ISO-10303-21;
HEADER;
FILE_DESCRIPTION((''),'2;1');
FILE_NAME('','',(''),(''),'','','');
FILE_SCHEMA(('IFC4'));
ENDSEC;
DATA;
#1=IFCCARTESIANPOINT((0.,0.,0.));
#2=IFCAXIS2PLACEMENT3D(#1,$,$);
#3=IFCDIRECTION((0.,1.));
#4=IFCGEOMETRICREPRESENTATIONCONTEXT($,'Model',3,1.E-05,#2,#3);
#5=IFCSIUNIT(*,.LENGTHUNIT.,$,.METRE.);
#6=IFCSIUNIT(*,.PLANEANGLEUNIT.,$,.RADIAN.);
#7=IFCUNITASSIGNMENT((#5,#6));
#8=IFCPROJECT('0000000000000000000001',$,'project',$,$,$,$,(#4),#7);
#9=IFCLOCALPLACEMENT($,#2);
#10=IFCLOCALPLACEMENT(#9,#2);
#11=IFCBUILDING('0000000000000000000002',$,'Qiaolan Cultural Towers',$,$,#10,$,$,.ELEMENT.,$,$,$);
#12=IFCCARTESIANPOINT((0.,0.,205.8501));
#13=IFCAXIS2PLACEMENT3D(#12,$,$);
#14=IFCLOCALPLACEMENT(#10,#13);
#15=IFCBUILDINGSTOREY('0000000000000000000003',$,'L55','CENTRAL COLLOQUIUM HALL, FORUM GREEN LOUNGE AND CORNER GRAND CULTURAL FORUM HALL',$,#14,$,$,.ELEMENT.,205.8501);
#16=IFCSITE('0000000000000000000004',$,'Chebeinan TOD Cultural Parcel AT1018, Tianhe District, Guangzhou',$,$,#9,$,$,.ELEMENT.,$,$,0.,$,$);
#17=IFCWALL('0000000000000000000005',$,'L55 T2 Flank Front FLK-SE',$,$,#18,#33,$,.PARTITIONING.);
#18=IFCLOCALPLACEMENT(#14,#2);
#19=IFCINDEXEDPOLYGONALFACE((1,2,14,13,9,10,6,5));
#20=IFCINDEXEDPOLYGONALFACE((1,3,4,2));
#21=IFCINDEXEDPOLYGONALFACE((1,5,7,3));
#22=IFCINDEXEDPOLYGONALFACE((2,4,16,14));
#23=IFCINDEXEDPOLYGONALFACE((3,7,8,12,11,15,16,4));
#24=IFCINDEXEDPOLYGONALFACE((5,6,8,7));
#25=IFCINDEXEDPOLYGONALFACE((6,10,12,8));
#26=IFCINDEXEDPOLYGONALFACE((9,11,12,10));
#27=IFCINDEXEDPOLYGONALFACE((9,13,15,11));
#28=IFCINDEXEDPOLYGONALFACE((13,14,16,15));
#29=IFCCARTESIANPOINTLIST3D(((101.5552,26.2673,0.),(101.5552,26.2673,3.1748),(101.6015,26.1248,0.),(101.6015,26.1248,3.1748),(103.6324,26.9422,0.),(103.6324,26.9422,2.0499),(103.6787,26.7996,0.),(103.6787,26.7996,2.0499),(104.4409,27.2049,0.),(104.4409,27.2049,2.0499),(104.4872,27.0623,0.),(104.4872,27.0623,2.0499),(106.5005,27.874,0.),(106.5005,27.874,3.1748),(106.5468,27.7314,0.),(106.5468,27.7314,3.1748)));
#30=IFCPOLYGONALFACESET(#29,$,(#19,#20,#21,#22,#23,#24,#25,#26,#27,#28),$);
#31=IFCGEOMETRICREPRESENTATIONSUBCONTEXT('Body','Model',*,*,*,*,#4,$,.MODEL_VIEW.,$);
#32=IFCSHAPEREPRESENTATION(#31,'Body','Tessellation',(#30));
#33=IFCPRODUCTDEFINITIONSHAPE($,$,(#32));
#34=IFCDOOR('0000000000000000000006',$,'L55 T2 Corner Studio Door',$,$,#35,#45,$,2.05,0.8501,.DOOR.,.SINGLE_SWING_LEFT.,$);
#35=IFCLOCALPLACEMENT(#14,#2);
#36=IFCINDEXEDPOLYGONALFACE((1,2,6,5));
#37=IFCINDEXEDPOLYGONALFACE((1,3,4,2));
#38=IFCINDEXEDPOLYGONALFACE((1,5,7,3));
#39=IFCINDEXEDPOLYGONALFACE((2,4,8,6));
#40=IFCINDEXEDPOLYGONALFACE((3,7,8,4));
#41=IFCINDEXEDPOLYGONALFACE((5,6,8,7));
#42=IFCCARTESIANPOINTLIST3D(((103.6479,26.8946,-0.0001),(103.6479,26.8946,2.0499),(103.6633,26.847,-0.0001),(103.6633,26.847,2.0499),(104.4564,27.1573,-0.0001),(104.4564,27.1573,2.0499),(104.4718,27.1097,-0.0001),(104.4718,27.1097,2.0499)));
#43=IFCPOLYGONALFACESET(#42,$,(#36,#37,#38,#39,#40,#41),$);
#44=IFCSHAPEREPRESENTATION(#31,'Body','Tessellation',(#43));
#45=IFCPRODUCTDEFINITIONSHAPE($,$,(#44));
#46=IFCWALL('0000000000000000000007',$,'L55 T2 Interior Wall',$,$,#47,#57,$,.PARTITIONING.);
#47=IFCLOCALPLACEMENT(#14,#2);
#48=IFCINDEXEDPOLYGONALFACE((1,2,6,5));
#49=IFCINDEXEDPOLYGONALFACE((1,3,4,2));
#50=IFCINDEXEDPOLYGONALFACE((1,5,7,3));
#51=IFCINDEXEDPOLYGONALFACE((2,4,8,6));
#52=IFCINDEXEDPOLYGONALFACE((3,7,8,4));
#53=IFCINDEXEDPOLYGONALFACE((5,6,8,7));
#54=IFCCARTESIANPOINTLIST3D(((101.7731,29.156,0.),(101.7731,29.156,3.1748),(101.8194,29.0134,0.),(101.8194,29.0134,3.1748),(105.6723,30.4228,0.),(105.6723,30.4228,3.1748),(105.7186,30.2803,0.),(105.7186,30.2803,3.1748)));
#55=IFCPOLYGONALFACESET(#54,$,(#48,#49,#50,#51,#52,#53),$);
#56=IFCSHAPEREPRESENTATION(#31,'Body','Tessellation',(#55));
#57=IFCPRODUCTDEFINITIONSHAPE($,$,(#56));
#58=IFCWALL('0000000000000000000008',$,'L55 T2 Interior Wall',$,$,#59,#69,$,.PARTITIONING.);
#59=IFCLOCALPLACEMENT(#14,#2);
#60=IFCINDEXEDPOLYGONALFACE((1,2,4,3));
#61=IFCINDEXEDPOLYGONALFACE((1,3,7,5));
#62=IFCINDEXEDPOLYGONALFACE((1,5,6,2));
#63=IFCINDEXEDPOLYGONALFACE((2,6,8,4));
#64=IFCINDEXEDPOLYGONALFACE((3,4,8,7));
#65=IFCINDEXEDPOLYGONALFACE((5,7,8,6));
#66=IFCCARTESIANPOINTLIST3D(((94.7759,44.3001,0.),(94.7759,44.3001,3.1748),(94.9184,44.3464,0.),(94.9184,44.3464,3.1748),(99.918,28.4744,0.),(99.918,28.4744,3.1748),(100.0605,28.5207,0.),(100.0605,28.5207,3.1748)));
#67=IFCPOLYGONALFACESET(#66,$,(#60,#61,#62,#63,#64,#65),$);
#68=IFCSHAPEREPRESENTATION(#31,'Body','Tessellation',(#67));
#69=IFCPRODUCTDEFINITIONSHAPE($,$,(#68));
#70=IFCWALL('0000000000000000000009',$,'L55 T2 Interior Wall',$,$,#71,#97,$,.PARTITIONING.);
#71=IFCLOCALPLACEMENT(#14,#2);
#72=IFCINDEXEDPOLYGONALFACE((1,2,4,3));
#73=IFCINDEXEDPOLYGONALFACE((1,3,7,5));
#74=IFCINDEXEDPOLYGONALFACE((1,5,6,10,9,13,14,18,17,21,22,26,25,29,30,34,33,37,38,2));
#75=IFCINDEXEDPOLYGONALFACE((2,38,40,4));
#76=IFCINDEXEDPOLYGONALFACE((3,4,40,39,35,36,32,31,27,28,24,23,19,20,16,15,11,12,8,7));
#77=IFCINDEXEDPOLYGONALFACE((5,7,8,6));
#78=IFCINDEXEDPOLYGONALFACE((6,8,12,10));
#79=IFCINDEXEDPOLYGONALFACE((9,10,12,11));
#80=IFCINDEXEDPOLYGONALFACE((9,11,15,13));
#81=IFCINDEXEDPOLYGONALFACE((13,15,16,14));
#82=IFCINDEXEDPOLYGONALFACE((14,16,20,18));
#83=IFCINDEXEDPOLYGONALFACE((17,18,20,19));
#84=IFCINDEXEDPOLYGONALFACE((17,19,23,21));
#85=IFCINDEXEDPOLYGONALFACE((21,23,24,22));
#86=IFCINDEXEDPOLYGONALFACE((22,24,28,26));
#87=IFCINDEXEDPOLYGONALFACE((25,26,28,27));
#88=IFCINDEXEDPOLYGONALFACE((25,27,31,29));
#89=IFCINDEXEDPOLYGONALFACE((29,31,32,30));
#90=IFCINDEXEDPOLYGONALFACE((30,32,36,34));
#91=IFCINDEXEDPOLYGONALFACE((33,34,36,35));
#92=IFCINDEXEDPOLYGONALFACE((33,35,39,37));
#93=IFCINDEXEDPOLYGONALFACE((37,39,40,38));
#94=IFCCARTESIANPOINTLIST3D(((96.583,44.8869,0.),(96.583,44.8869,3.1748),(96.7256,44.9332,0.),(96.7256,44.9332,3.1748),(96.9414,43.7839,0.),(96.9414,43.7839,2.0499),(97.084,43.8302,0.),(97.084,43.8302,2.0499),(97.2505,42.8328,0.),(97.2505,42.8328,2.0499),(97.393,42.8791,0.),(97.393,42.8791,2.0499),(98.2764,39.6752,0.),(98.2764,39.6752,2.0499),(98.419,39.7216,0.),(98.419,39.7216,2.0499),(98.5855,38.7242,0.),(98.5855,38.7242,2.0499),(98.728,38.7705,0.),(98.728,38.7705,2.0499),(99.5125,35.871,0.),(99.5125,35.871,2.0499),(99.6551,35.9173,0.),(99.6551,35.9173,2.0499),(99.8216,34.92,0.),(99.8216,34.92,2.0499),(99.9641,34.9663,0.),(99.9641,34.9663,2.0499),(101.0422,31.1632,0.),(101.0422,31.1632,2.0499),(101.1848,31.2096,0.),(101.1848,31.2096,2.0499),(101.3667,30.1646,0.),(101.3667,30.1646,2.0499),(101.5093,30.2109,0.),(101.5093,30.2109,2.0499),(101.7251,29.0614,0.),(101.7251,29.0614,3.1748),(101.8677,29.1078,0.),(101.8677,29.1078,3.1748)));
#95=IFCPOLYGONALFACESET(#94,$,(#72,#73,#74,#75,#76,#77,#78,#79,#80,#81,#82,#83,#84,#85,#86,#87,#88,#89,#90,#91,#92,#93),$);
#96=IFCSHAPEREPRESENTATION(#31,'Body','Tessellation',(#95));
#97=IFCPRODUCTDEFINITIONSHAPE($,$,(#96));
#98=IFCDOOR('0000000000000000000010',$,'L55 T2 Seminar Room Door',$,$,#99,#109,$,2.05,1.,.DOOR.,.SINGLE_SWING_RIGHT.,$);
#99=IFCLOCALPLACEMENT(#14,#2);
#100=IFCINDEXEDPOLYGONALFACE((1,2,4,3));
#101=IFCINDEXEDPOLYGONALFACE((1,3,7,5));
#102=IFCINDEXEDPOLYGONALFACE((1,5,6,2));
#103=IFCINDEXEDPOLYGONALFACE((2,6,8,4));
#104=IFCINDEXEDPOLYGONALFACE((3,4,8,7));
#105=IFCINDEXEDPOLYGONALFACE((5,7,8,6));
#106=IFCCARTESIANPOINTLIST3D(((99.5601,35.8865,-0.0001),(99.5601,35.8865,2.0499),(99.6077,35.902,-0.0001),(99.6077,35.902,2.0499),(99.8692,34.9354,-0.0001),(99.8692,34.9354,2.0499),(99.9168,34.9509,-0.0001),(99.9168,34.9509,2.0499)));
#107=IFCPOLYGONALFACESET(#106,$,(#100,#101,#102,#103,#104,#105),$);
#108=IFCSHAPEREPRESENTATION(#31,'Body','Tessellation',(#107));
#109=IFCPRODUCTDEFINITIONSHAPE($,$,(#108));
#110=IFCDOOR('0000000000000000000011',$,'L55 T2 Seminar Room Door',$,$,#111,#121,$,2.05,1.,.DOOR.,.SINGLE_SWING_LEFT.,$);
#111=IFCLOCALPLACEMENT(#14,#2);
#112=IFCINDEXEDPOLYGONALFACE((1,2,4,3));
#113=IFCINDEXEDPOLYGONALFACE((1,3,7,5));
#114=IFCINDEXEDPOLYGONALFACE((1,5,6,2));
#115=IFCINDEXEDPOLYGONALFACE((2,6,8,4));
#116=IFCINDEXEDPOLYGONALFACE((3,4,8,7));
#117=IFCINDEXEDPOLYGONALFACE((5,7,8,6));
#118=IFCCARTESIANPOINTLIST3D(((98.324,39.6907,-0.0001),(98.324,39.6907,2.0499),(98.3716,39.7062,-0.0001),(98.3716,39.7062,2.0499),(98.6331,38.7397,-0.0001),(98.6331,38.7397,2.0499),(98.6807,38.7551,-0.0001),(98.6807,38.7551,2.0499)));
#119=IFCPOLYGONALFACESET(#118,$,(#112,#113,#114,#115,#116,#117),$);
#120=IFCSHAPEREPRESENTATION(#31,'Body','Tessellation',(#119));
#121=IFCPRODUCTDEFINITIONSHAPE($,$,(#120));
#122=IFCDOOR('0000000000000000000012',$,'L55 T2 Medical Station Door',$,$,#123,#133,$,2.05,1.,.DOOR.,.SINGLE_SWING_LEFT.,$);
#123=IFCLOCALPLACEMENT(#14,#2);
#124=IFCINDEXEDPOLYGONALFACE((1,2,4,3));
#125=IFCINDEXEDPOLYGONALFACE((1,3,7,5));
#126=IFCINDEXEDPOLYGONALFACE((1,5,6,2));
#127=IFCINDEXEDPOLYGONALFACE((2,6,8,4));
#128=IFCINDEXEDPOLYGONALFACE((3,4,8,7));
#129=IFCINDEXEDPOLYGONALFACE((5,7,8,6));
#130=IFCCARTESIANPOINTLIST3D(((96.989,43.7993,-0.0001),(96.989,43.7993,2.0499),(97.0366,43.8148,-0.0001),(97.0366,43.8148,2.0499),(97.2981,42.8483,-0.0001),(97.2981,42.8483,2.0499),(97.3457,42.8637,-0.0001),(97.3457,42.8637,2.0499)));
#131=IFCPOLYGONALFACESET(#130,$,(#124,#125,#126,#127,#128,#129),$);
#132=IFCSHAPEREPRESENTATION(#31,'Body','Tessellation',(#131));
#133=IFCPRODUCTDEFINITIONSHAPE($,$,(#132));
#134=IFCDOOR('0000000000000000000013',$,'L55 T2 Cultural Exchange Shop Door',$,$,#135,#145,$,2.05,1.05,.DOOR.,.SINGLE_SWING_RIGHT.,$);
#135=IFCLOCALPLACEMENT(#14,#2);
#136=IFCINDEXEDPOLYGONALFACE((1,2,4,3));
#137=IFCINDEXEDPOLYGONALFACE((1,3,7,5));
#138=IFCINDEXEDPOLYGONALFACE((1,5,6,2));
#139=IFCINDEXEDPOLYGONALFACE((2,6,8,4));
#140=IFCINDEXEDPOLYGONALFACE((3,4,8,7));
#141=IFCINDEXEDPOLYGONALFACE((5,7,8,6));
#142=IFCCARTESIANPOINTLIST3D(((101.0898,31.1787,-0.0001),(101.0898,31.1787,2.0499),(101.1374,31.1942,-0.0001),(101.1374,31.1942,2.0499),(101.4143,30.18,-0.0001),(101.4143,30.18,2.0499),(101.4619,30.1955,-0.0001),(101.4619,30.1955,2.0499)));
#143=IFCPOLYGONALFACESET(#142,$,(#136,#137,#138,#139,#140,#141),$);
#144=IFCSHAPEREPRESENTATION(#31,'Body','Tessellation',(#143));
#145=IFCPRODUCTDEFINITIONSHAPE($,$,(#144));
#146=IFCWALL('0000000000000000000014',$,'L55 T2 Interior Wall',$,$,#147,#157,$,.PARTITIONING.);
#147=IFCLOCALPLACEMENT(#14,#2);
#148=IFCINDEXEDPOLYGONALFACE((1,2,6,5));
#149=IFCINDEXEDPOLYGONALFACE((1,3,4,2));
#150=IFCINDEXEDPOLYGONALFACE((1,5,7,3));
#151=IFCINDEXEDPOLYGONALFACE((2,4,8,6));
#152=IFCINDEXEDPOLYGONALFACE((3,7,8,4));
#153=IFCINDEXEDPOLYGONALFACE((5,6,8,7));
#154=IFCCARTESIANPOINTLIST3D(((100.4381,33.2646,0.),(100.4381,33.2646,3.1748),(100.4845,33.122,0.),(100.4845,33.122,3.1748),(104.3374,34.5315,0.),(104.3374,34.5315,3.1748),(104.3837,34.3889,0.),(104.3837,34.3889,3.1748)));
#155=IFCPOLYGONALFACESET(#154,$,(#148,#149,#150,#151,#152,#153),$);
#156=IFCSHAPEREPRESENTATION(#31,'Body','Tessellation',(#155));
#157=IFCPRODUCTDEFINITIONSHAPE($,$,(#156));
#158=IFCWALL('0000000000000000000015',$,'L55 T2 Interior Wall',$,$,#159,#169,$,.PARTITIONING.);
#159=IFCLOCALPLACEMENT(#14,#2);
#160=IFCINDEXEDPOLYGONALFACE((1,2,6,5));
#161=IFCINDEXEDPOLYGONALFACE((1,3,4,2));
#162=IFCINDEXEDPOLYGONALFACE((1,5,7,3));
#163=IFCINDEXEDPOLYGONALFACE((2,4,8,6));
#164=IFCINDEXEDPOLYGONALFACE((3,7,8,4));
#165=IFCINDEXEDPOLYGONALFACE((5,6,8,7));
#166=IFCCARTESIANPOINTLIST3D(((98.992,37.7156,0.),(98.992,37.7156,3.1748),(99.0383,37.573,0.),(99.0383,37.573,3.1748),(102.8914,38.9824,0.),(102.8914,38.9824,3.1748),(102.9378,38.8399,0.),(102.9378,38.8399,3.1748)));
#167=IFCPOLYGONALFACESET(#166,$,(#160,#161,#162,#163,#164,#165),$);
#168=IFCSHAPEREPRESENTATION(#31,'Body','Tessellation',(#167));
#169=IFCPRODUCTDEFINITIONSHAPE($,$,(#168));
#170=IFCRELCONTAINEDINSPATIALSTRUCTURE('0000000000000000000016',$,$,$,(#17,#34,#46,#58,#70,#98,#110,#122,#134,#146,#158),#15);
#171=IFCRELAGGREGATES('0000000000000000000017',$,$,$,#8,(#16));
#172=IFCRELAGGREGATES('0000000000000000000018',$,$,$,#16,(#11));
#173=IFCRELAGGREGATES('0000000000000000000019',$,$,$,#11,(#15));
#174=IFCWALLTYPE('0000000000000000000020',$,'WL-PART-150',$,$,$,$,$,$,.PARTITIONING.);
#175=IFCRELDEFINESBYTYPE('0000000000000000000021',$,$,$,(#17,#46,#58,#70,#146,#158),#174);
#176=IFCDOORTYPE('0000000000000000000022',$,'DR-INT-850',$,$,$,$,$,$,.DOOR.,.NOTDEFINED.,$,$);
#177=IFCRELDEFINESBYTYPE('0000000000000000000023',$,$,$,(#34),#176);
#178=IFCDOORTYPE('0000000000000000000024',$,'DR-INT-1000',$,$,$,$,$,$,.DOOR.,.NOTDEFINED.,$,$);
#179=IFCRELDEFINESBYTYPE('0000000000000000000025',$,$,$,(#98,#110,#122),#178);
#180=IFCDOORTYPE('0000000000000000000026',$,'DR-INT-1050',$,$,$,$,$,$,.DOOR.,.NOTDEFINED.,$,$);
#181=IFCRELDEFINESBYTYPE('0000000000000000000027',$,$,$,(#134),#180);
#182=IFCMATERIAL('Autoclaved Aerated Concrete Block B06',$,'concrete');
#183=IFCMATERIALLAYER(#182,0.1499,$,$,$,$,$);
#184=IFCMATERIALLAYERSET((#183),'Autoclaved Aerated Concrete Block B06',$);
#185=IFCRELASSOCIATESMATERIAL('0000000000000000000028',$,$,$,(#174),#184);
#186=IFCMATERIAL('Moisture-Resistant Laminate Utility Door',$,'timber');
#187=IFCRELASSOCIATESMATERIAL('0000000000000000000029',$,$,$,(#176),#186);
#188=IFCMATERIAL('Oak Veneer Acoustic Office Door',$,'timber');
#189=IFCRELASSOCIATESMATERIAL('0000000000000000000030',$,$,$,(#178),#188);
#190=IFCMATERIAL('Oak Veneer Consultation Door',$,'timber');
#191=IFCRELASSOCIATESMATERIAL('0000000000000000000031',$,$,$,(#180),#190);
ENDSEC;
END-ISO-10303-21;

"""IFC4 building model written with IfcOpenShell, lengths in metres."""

from ifc_helpers import new_model, si_unit, direction, frame, frame_2d, origin, place, context, subcontext, project, spatial, rectangle, extrude, material, layer, layer_set, type_object, element, fill, save


model = new_model("IFC4")

# Units and contexts
model_context = context("Model", 3, precision=1e-05, world=origin(), true_north=direction((0.0, 1.0)))
body_context = subcontext(model_context, "Body", "Model", "MODEL_VIEW")
ifc_project = project(units=[si_unit("LENGTHUNIT", "METRE"), si_unit("PLANEANGLEUNIT", "RADIAN")], contexts=[model_context])

# Site, building, storey
site_placement = place(None, origin())
site = spatial("IfcSite", under=ifc_project, at=site_placement, Name="Chebeinan TOD Cultural Parcel AT1018, Tianhe District, Guangzhou", CompositionType="ELEMENT", RefElevation=0.0)
building_placement = place(site_placement, origin())
building = spatial("IfcBuilding", under=site, at=building_placement, Name="Qiaolan Cultural Towers", CompositionType="ELEMENT")
storey_placement = place(building_placement, frame((0.0, 0.0, 205.8501)))
storey = spatial("IfcBuildingStorey", under=building, at=storey_placement, Name="L55", Description="CENTRAL COLLOQUIUM HALL, FORUM GREEN LOUNGE AND CORNER GRAND CULTURAL FORUM HALL", CompositionType="ELEMENT", Elevation=205.8501)

# Wall, opening, door
ifc_material_1 = material(Name="Autoclaved Aerated Concrete Block B06", Category="concrete")
ifc_layer_1 = layer(ifc_material_1, 0.1499)
ifc_layer_set_1 = layer_set([ifc_layer_1], Name="Autoclaved Aerated Concrete Block B06")
wall_type_1 = type_object("IfcWallType", Name="WL-PART-150", PredefinedType="PARTITIONING", material=ifc_layer_set_1)
wall_1_placement = place(storey_placement, frame((101.5784, 26.196, 0.0), z_axis=(0.0, 0.0, 1.0), x_axis=(0.951064, 0.308993, 0.0)))
wall_1 = element("IfcWall", 1, at=wall_1_placement, inside=storey, type_object=wall_type_1, Name="L55 T2 Flank Front FLK-SE", PredefinedType="PARTITIONING", context=body_context, shape_type="SweptSolid", body=[
    extrude(rectangle(XDim=5.1997, YDim=0.1499, at=frame_2d((2.5999, 0.0))), origin(), (0.0, 0.0, 1.0), 3.1748),
])
opening_1_placement = place(wall_1_placement, frame((2.1841, 0.0, 0.0)))
opening_1 = element("IfcOpeningElement", 2, at=opening_1_placement, cuts=wall_1, PredefinedType="OPENING", context=body_context, shape_type="SweptSolid", body=[
    extrude(rectangle(XDim=0.8501, YDim=2.05, at=frame_2d((0.425, 1.0249))), frame((0.0, 0.085, 0.0), z_axis=(0.0, -1.0, 0.0), x_axis=(1.0, 0.0, 0.0)), (0.0, 0.0, 1.0), 0.1699),
])
ifc_material_2 = material(Name="Moisture-Resistant Laminate Utility Door", Category="timber")
door_type_1 = type_object("IfcDoorType", Name="DR-INT-850", OperationType="NOTDEFINED", PredefinedType="DOOR", material=ifc_material_2)
door_1_placement = place(opening_1_placement, origin())
door_1 = element("IfcDoor", 3, at=door_1_placement, inside=storey, type_object=door_type_1, Name="L55 T2 Corner Studio Door", OperationType="SINGLE_SWING_LEFT", OverallHeight=2.05, OverallWidth=0.8501, PredefinedType="DOOR", context=body_context, shape_type="SweptSolid", body=[
    extrude(rectangle(XDim=0.8501, YDim=2.05, at=frame_2d((0.425, 1.0249))), frame((0.0, 0.0249, 0.0), z_axis=(0.0, -1.0, 0.0), x_axis=(1.0, 0.0, 0.0)), (0.0, 0.0, 1.0), 0.05),
])
fill(opening_1, door_1)

# Walls
wall_2_placement = place(storey_placement, frame((101.7964, 29.0847, 0.0), z_axis=(0.0, 0.0, 1.0), x_axis=(0.951062, 0.309001, 0.0)))
element("IfcWall", 4, at=wall_2_placement, inside=storey, type_object=wall_type_1, Name="L55 T2 Interior Wall", PredefinedType="PARTITIONING", context=body_context, shape_type="SweptSolid", body=[
    extrude(rectangle(XDim=4.0999, YDim=0.1499, at=frame_2d((2.0498, 0.0))), origin(), (0.0, 0.0, 1.0), 3.1748),
])
wall_3_placement = place(storey_placement, frame((99.9893, 28.4976, 0.0), z_axis=(0.0, 0.0, 1.0), x_axis=(-0.309018, 0.951056, 0.0)))
element("IfcWall", 5, at=wall_3_placement, inside=storey, type_object=wall_type_1, Name="L55 T2 Interior Wall", PredefinedType="PARTITIONING", context=body_context, shape_type="SweptSolid", body=[
    extrude(rectangle(XDim=16.6401, YDim=0.1499, at=frame_2d((8.3201, 0.0))), origin(), (0.0, 0.0, 1.0), 3.1748),
])

# Wall, openings, doors
wall_4_placement = place(storey_placement, frame((101.7964, 29.0847, 0.0), z_axis=(0.0, 0.0, 1.0), x_axis=(-0.309022, 0.951055, 0.0)))
wall_4 = element("IfcWall", 6, at=wall_4_placement, inside=storey, type_object=wall_type_1, Name="L55 T2 Interior Wall", PredefinedType="PARTITIONING", context=body_context, shape_type="SweptSolid", body=[
    extrude(rectangle(XDim=16.6399, YDim=0.1499, at=frame_2d((8.3198, 0.0))), origin(), (0.0, 0.0, 1.0), 3.1748),
])
opening_2_placement = place(wall_4_placement, frame((1.1599, 0.0, 0.0)))
opening_2 = element("IfcOpeningElement", 7, at=opening_2_placement, cuts=wall_4, PredefinedType="OPENING", context=body_context, shape_type="SweptSolid", body=[
    extrude(rectangle(XDim=1.05, YDim=2.05, at=frame_2d((0.5249, 1.0249))), frame((0.0, 0.085, 0.0), z_axis=(0.0, -1.0, 0.0), x_axis=(1.0, 0.0, 0.0)), (0.0, 0.0, 1.0), 0.1699),
])
opening_3_placement = place(wall_4_placement, frame((6.1599, 0.0, 0.0)))
opening_3 = element("IfcOpeningElement", 8, at=opening_3_placement, cuts=wall_4, PredefinedType="OPENING", context=body_context, shape_type="SweptSolid", body=[
    extrude(rectangle(XDim=1.0, YDim=2.05, at=frame_2d((0.5, 1.0249))), frame((0.0, 0.085, 0.0), z_axis=(0.0, -1.0, 0.0), x_axis=(1.0, 0.0, 0.0)), (0.0, 0.0, 1.0), 0.1699),
])
opening_4_placement = place(wall_4_placement, frame((10.1599, 0.0, 0.0)))
opening_4 = element("IfcOpeningElement", 9, at=opening_4_placement, cuts=wall_4, PredefinedType="OPENING", context=body_context, shape_type="SweptSolid", body=[
    extrude(rectangle(XDim=1.0, YDim=2.05, at=frame_2d((0.5, 1.0249))), frame((0.0, 0.085, 0.0), z_axis=(0.0, -1.0, 0.0), x_axis=(1.0, 0.0, 0.0)), (0.0, 0.0, 1.0), 0.1699),
])
opening_5_placement = place(wall_4_placement, frame((14.48, 0.0, 0.0)))
opening_5 = element("IfcOpeningElement", 10, at=opening_5_placement, cuts=wall_4, PredefinedType="OPENING", context=body_context, shape_type="SweptSolid", body=[
    extrude(rectangle(XDim=1.0, YDim=2.05, at=frame_2d((0.5, 1.0249))), frame((0.0, 0.085, 0.0), z_axis=(0.0, -1.0, 0.0), x_axis=(1.0, 0.0, 0.0)), (0.0, 0.0, 1.0), 0.1699),
])
ifc_material_3 = material(Name="Oak Veneer Acoustic Office Door", Category="timber")
door_type_2 = type_object("IfcDoorType", Name="DR-INT-1000", OperationType="NOTDEFINED", PredefinedType="DOOR", material=ifc_material_3)
door_2_placement = place(opening_3_placement, origin())
door_2 = element("IfcDoor", 11, at=door_2_placement, inside=storey, type_object=door_type_2, Name="L55 T2 Seminar Room Door", OperationType="SINGLE_SWING_RIGHT", OverallHeight=2.05, OverallWidth=1.0, PredefinedType="DOOR", context=body_context, shape_type="SweptSolid", body=[
    extrude(rectangle(XDim=1.0, YDim=2.05, at=frame_2d((0.5, 1.0249))), frame((0.0, 0.0249, 0.0), z_axis=(0.0, -1.0, 0.0), x_axis=(1.0, 0.0, 0.0)), (0.0, 0.0, 1.0), 0.05),
])
fill(opening_3, door_2)
door_3_placement = place(opening_4_placement, origin())
door_3 = element("IfcDoor", 12, at=door_3_placement, inside=storey, type_object=door_type_2, Name="L55 T2 Seminar Room Door", OperationType="SINGLE_SWING_LEFT", OverallHeight=2.05, OverallWidth=1.0, PredefinedType="DOOR", context=body_context, shape_type="SweptSolid", body=[
    extrude(rectangle(XDim=1.0, YDim=2.05, at=frame_2d((0.5, 1.0249))), frame((0.0, 0.0249, 0.0), z_axis=(0.0, -1.0, 0.0), x_axis=(1.0, 0.0, 0.0)), (0.0, 0.0, 1.0), 0.05),
])
fill(opening_4, door_3)
door_4_placement = place(opening_5_placement, origin())
door_4 = element("IfcDoor", 13, at=door_4_placement, inside=storey, type_object=door_type_2, Name="L55 T2 Medical Station Door", OperationType="SINGLE_SWING_LEFT", OverallHeight=2.05, OverallWidth=1.0, PredefinedType="DOOR", context=body_context, shape_type="SweptSolid", body=[
    extrude(rectangle(XDim=1.0, YDim=2.05, at=frame_2d((0.5, 1.0249))), frame((0.0, 0.0249, 0.0), z_axis=(0.0, -1.0, 0.0), x_axis=(1.0, 0.0, 0.0)), (0.0, 0.0, 1.0), 0.05),
])
fill(opening_5, door_4)
ifc_material_4 = material(Name="Oak Veneer Consultation Door", Category="timber")
door_type_3 = type_object("IfcDoorType", Name="DR-INT-1050", OperationType="NOTDEFINED", PredefinedType="DOOR", material=ifc_material_4)
door_5_placement = place(opening_2_placement, origin())
door_5 = element("IfcDoor", 14, at=door_5_placement, inside=storey, type_object=door_type_3, Name="L55 T2 Cultural Exchange Shop Door", OperationType="SINGLE_SWING_RIGHT", OverallHeight=2.05, OverallWidth=1.05, PredefinedType="DOOR", context=body_context, shape_type="SweptSolid", body=[
    extrude(rectangle(XDim=1.05, YDim=2.05, at=frame_2d((0.5249, 1.0249))), frame((0.0, 0.0249, 0.0), z_axis=(0.0, -1.0, 0.0), x_axis=(1.0, 0.0, 0.0)), (0.0, 0.0, 1.0), 0.05),
])
fill(opening_2, door_5)

# Walls
wall_5_placement = place(storey_placement, frame((100.4614, 33.1934, 0.0), z_axis=(0.0, 0.0, 1.0), x_axis=(0.951062, 0.309001, 0.0)))
element("IfcWall", 15, at=wall_5_placement, inside=storey, type_object=wall_type_1, Name="L55 T2 Interior Wall", PredefinedType="PARTITIONING", context=body_context, shape_type="SweptSolid", body=[
    extrude(rectangle(XDim=4.0999, YDim=0.1499, at=frame_2d((2.0498, 0.0))), origin(), (0.0, 0.0, 1.0), 3.1748),
])
wall_6_placement = place(storey_placement, frame((99.0151, 37.6443, 0.0), z_axis=(0.0, 0.0, 1.0), x_axis=(0.951067, 0.308984, 0.0)))
element("IfcWall", 16, at=wall_6_placement, inside=storey, type_object=wall_type_1, Name="L55 T2 Interior Wall", PredefinedType="PARTITIONING", context=body_context, shape_type="SweptSolid", body=[
    extrude(rectangle(XDim=4.1001, YDim=0.1499, at=frame_2d((2.05, 0.0))), origin(), (0.0, 0.0, 1.0), 3.1748),
])

save(model, "model.ifc")
